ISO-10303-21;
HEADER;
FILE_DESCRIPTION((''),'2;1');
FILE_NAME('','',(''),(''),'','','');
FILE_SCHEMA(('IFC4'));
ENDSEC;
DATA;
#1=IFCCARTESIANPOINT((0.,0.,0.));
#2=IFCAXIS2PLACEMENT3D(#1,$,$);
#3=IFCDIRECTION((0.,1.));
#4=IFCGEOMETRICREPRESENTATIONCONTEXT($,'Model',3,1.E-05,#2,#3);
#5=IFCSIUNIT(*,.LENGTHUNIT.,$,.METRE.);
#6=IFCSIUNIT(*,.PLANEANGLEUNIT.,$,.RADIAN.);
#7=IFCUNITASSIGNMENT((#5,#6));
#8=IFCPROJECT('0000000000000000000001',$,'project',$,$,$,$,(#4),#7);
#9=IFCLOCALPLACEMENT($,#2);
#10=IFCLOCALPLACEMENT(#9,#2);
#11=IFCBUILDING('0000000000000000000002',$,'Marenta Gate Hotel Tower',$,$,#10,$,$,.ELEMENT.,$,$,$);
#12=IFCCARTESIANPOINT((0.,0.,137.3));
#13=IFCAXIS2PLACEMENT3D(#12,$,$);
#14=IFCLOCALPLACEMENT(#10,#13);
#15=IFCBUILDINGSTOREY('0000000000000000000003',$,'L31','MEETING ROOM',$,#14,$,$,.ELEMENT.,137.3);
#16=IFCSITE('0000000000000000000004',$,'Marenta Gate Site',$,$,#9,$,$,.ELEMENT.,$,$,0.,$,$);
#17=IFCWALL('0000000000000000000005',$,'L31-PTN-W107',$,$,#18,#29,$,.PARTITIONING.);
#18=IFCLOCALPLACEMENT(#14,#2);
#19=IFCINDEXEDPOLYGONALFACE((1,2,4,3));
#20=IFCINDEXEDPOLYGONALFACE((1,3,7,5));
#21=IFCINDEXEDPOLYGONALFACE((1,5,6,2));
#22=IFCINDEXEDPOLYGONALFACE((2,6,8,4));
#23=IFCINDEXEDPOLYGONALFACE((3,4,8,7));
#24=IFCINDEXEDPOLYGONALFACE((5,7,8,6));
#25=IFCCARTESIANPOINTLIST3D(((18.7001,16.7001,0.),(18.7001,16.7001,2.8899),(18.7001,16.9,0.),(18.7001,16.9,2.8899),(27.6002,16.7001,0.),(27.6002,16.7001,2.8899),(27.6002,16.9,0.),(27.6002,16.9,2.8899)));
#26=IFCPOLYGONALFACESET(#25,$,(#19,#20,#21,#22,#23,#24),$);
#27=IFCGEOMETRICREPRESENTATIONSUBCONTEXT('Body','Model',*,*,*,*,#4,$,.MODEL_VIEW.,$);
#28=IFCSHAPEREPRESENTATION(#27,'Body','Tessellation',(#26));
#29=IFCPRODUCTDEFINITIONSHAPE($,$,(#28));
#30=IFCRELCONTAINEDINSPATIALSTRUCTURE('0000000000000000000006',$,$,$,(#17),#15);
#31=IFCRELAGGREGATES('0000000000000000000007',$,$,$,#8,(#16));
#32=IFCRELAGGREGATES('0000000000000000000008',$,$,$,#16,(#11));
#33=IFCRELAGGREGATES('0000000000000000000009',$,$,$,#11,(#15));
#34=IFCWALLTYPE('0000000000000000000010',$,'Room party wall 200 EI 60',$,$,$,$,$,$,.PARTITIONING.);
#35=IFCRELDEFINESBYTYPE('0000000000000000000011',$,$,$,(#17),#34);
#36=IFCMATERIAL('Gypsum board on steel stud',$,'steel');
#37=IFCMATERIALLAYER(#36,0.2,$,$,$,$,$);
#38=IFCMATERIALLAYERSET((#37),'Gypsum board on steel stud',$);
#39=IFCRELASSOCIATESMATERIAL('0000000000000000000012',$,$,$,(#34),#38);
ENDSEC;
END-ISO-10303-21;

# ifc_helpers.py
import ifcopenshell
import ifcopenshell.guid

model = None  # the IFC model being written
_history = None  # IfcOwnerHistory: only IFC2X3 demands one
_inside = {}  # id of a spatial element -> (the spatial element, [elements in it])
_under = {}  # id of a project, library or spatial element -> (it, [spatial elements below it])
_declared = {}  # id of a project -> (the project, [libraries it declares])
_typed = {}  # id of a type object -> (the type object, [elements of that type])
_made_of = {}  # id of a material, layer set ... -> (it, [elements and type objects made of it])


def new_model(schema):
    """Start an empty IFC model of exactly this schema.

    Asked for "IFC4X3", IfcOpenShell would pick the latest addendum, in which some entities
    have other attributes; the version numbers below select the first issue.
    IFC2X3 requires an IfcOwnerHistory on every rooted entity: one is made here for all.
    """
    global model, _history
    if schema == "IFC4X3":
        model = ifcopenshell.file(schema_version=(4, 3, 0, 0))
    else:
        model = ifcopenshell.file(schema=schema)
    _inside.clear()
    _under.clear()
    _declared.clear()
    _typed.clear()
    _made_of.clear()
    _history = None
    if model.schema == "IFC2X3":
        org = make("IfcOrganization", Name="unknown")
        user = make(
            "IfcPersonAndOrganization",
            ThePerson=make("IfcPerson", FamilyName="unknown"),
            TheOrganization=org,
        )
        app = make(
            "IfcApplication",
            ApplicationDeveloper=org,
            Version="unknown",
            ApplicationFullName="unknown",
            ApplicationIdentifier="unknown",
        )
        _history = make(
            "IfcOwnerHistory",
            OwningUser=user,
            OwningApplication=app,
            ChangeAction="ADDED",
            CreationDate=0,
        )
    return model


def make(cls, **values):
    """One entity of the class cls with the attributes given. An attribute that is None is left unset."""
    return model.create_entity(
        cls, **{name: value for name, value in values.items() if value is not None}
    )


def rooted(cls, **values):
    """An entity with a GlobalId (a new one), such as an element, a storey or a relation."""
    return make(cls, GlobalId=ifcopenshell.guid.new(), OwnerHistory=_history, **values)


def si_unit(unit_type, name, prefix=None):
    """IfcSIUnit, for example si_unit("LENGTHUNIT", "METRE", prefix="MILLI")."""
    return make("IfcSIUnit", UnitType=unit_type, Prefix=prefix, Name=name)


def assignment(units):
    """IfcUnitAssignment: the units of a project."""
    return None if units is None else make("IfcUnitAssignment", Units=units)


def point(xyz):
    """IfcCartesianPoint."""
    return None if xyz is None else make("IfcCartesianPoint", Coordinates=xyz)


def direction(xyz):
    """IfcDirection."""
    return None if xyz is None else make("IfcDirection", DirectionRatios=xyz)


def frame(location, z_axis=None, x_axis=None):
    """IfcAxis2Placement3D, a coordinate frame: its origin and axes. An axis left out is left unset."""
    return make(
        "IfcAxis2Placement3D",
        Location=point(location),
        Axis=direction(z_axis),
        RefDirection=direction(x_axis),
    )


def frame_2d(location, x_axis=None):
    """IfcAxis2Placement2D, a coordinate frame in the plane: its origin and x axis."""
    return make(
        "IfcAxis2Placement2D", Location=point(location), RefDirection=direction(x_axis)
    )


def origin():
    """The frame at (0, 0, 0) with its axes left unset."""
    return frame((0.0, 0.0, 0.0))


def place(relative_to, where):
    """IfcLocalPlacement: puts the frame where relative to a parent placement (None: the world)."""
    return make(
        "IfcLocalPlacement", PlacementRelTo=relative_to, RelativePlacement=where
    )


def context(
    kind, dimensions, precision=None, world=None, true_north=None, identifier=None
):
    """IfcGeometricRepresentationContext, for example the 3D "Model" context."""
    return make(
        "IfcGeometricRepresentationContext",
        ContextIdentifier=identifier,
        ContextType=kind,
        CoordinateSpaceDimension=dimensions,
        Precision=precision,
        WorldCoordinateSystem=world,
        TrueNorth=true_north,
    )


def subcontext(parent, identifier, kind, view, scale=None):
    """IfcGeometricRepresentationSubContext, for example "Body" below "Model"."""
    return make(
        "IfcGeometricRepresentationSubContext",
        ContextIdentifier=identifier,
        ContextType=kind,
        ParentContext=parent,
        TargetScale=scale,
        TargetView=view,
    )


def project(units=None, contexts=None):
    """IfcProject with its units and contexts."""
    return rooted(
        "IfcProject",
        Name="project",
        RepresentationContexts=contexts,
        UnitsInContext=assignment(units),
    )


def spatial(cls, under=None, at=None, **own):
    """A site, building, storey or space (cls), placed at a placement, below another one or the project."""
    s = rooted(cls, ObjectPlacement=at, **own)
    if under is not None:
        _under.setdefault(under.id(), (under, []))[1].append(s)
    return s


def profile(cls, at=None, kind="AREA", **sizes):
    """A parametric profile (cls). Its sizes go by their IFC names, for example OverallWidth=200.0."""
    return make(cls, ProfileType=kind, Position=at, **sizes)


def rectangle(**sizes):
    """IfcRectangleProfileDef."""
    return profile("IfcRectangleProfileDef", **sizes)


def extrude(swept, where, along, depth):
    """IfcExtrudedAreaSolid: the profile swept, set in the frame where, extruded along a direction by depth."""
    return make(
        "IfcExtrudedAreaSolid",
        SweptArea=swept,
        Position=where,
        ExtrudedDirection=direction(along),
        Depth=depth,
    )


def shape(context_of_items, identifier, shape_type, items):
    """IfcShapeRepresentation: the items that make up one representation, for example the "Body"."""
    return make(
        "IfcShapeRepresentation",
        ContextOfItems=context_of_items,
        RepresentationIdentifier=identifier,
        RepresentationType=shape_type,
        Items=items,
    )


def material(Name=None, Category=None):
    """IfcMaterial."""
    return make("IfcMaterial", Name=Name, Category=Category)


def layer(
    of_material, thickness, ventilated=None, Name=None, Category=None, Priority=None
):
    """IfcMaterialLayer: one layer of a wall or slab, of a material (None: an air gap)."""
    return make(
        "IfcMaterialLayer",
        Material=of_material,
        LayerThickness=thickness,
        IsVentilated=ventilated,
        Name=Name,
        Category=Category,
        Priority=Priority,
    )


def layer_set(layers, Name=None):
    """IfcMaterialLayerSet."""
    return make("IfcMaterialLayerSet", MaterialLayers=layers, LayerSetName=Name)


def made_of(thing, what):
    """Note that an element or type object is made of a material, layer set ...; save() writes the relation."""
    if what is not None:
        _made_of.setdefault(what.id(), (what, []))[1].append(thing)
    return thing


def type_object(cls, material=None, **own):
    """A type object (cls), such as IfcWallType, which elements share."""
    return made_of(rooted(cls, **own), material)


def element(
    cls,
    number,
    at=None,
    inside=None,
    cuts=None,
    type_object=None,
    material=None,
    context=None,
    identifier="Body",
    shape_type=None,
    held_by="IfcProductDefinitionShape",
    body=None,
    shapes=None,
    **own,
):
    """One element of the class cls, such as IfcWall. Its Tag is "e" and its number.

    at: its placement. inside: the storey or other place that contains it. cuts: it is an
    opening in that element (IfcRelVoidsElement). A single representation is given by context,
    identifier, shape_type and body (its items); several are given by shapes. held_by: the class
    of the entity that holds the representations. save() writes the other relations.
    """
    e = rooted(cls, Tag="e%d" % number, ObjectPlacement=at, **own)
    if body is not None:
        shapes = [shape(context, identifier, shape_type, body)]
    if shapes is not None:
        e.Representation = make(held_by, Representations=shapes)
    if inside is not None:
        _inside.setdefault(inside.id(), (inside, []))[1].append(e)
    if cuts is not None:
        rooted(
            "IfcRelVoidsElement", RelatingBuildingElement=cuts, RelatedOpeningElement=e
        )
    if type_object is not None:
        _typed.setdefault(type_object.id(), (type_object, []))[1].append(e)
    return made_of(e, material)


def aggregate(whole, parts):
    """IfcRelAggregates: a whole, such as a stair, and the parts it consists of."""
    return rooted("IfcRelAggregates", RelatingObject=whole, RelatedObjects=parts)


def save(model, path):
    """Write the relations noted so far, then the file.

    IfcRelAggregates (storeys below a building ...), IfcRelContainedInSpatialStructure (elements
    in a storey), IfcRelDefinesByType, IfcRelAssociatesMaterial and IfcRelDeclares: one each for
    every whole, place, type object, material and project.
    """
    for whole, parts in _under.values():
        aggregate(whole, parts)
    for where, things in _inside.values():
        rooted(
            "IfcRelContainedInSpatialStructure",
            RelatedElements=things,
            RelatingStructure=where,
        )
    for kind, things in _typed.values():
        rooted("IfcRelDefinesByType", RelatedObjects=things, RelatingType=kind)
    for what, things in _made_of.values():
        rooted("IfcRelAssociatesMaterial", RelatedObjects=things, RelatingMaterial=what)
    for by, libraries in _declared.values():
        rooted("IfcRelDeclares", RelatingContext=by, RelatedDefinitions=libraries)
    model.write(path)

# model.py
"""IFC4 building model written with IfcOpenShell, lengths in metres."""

from ifc_helpers import new_model, si_unit, direction, frame, frame_2d, origin, place, context, subcontext, project, spatial, rectangle, extrude, material, layer, layer_set, type_object, element, save


model = new_model("IFC4")

# Units and contexts
model_context = context("Model", 3, precision=1e-05, world=origin(), true_north=direction((0.0, 1.0)))
body_context = subcontext(model_context, "Body", "Model", "MODEL_VIEW")
ifc_project = project(units=[si_unit("LENGTHUNIT", "METRE"), si_unit("PLANEANGLEUNIT", "RADIAN")], contexts=[model_context])

# Site, building, storey
site_placement = place(None, origin())
site = spatial("IfcSite", under=ifc_project, at=site_placement, Name="Marenta Gate Site", CompositionType="ELEMENT", RefElevation=0.0)
building_placement = place(site_placement, origin())
building = spatial("IfcBuilding", under=site, at=building_placement, Name="Marenta Gate Hotel Tower", CompositionType="ELEMENT")
storey_placement = place(building_placement, frame((0.0, 0.0, 137.3)))
storey = spatial("IfcBuildingStorey", under=building, at=storey_placement, Name="L31", Description="MEETING ROOM", CompositionType="ELEMENT", Elevation=137.3)

# Wall
ifc_material_1 = material(Name="Gypsum board on steel stud", Category="steel")
ifc_layer_1 = layer(ifc_material_1, 0.2)
ifc_layer_set_1 = layer_set([ifc_layer_1], Name="Gypsum board on steel stud")
wall_type_1 = type_object("IfcWallType", Name="Room party wall 200 EI 60", PredefinedType="PARTITIONING", material=ifc_layer_set_1)
wall_1_placement = place(storey_placement, frame((18.7, 16.8, 0.0), z_axis=(0.0, 0.0, 1.0), x_axis=(1.0, 0.0, 0.0)))
element("IfcWall", 1, at=wall_1_placement, inside=storey, type_object=wall_type_1, Name="L31-PTN-W107", PredefinedType="PARTITIONING", context=body_context, shape_type="SweptSolid", body=[
    extrude(rectangle(XDim=8.9001, YDim=0.2, at=frame_2d((4.4502, 0.0))), origin(), (0.0, 0.0, 1.0), 2.8899),
])

save(model, "model.ifc")
